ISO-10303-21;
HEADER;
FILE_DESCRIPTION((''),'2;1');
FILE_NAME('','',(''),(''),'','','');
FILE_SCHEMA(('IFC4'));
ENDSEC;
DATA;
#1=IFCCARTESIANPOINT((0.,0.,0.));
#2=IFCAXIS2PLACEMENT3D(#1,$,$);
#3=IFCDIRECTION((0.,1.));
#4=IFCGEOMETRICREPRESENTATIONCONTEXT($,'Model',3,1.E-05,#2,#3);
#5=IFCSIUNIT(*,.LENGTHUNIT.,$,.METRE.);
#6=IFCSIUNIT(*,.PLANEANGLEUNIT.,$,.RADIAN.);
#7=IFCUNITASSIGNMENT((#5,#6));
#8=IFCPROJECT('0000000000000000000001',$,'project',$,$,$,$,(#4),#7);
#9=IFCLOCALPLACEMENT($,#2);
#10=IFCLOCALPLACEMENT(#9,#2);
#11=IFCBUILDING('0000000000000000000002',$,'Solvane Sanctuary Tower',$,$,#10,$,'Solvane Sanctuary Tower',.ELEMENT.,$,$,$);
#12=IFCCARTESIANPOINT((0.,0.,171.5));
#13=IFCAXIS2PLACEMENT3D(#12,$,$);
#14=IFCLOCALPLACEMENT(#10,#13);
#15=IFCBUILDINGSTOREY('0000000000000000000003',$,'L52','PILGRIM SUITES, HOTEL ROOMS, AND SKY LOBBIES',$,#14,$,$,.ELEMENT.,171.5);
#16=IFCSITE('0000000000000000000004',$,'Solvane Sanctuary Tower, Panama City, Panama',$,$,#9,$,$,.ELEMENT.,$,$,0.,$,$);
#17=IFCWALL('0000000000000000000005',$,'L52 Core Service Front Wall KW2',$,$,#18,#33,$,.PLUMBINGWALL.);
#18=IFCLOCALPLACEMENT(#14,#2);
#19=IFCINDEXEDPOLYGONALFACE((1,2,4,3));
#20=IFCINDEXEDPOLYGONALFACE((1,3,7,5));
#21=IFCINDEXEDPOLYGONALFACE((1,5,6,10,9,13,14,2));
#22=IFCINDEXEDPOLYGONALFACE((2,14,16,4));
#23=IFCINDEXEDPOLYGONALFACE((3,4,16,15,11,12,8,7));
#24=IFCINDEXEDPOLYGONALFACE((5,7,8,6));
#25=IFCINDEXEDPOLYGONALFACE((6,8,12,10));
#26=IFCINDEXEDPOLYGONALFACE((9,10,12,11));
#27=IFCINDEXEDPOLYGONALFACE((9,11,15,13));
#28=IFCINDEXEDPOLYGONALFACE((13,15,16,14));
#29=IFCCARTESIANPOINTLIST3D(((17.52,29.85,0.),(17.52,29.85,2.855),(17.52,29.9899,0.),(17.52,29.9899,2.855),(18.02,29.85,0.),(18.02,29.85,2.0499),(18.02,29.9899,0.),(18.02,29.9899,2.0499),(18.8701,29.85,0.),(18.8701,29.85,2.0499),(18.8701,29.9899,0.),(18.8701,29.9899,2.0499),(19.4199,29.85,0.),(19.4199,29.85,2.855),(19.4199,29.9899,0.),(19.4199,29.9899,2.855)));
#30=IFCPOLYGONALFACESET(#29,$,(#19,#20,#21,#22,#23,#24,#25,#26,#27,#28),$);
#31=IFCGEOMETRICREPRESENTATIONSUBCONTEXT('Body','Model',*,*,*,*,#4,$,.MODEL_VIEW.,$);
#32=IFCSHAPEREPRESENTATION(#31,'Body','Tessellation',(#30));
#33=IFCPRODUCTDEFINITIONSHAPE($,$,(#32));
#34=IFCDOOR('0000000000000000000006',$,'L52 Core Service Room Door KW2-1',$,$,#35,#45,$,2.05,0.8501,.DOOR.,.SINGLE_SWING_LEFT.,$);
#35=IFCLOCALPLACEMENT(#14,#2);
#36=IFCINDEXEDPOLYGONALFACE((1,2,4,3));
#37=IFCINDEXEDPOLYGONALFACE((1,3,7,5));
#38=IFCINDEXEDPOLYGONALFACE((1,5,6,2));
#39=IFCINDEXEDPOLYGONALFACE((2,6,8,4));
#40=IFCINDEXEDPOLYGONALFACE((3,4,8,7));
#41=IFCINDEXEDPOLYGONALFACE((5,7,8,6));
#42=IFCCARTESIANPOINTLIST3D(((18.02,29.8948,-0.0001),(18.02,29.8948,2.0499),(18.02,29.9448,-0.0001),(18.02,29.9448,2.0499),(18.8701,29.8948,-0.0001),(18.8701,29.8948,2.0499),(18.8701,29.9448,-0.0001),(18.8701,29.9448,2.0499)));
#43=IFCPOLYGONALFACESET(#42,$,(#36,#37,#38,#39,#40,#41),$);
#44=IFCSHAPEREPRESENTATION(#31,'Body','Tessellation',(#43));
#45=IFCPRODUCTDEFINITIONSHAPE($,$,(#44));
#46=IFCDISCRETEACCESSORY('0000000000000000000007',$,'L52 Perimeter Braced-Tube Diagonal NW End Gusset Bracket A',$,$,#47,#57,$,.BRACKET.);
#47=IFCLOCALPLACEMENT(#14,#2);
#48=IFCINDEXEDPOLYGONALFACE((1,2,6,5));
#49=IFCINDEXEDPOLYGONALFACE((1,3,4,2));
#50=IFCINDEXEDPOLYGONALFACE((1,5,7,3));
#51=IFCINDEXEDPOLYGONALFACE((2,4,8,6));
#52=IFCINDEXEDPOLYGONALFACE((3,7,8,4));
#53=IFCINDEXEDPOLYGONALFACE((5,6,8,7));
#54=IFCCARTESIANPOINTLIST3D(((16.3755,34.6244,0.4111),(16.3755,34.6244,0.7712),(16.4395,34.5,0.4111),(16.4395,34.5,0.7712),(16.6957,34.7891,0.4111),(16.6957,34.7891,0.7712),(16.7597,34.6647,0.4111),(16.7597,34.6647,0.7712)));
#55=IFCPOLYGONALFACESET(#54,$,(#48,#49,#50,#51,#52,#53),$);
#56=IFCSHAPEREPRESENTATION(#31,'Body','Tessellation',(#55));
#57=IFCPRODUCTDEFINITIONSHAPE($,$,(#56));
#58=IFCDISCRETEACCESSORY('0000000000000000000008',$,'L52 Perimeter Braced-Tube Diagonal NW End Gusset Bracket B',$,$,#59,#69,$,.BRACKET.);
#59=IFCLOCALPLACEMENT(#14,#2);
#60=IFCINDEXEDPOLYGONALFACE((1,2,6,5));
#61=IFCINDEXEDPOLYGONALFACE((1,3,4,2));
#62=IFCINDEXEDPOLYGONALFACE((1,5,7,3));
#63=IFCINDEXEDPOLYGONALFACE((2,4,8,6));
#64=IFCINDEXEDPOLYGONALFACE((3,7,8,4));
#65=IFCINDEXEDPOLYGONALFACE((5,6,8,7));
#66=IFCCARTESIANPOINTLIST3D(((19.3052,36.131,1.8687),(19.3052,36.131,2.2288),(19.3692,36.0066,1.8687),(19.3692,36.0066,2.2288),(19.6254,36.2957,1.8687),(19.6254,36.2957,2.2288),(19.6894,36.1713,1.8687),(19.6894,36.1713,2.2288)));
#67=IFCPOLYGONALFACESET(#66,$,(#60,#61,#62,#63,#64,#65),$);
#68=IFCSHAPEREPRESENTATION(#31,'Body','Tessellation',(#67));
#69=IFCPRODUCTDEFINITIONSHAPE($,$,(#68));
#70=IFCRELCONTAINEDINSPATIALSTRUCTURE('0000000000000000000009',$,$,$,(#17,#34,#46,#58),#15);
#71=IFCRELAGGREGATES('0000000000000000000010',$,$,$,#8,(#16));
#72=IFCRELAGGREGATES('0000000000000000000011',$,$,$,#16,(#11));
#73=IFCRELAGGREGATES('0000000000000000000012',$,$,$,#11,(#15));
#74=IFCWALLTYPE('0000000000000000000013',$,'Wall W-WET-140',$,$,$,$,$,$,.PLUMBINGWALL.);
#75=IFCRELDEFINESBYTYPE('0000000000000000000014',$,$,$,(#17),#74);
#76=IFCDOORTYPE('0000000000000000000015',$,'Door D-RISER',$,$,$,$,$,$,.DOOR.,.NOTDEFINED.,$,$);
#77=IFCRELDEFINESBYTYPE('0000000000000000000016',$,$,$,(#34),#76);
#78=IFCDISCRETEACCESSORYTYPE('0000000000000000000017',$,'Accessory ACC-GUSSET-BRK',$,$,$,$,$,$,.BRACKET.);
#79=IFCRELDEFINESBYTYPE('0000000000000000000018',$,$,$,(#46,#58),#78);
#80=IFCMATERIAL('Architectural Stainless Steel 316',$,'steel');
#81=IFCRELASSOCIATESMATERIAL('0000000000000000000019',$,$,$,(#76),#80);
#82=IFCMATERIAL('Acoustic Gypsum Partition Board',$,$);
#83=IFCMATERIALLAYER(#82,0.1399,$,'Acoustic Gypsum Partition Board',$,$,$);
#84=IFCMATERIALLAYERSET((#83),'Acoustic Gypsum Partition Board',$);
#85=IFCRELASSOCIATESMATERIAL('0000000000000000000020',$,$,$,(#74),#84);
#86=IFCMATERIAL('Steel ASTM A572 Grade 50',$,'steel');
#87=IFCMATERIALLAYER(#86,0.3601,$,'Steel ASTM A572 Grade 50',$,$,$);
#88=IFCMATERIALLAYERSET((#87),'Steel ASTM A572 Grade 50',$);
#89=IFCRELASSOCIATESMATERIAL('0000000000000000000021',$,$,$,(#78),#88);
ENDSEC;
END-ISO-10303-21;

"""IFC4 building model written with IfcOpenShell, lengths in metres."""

from ifc_helpers import new_model, si_unit, direction, frame, frame_2d, origin, origin_2d, place, context, subcontext, project, spatial, rectangle, extrude, material, layer, layer_set, type_object, element, fill, save


model = new_model("IFC4")

# Units and contexts
model_context = context("Model", 3, precision=1e-05, world=origin(), true_north=direction((0.0, 1.0)))
body_context = subcontext(model_context, "Body", "Model", "MODEL_VIEW")
ifc_project = project(units=[si_unit("LENGTHUNIT", "METRE"), si_unit("PLANEANGLEUNIT", "RADIAN")], contexts=[model_context])

# Site, building, storey
site_placement = place(None, origin())
site = spatial("IfcSite", under=ifc_project, at=site_placement, Name="Solvane Sanctuary Tower, Panama City, Panama", CompositionType="ELEMENT", RefElevation=0.0)
building_placement = place(site_placement, origin())
building = spatial("IfcBuilding", under=site, at=building_placement, Name="Solvane Sanctuary Tower", LongName="Solvane Sanctuary Tower", CompositionType="ELEMENT")
storey_placement = place(building_placement, frame((0.0, 0.0, 171.5)))
storey = spatial("IfcBuildingStorey", under=building, at=storey_placement, Name="L52", Description="PILGRIM SUITES, HOTEL ROOMS, AND SKY LOBBIES", CompositionType="ELEMENT", Elevation=171.5)

# Shared definitions
ifc_material_1 = material(Name="Acoustic Gypsum Partition Board")

# Shared definitions
ifc_material_2 = material(Name="Architectural Stainless Steel 316", Category="steel")
door_type_1 = type_object("IfcDoorType", Name="Door D-RISER", OperationType="NOTDEFINED", PredefinedType="DOOR", material=ifc_material_2)

# Wall, opening, door
ifc_layer_1 = layer(ifc_material_1, 0.1399, Name="Acoustic Gypsum Partition Board")
ifc_layer_set_1 = layer_set([ifc_layer_1], Name="Acoustic Gypsum Partition Board")
wall_type_1 = type_object("IfcWallType", Name="Wall W-WET-140", PredefinedType="PLUMBINGWALL", material=ifc_layer_set_1)
wall_1_placement = place(storey_placement, frame((17.52, 29.9199, 0.0), z_axis=(0.0, 0.0, 1.0), x_axis=(1.0, 0.0, 0.0)))
wall_1 = element("IfcWall", 1, at=wall_1_placement, inside=storey, type_object=wall_type_1, Name="L52 Core Service Front Wall KW2", PredefinedType="PLUMBINGWALL", context=body_context, shape_type="SweptSolid", body=[
    extrude(rectangle(XDim=1.8999, YDim=0.1399, at=frame_2d((0.95, 0.0))), origin(), (0.0, 0.0, 1.0), 2.855),
])
opening_1_placement = place(wall_1_placement, frame((0.5, 0.0, 0.0)))
opening_1 = element("IfcOpeningElement", 2, at=opening_1_placement, cuts=wall_1, PredefinedType="OPENING", context=body_context, shape_type="SweptSolid", body=[
    extrude(rectangle(XDim=0.8501, YDim=2.05, at=frame_2d((0.425, 1.0249))), frame((0.0, 0.0798, 0.0), z_axis=(0.0, -1.0, 0.0), x_axis=(1.0, 0.0, 0.0)), (0.0, 0.0, 1.0), 0.1599),
])
door_1_placement = place(opening_1_placement, origin())
door_1 = element("IfcDoor", 3, at=door_1_placement, inside=storey, type_object=door_type_1, Name="L52 Core Service Room Door KW2-1", OperationType="SINGLE_SWING_LEFT", OverallHeight=2.05, OverallWidth=0.8501, PredefinedType="DOOR", context=body_context, shape_type="SweptSolid", body=[
    extrude(rectangle(XDim=0.8501, YDim=2.05, at=frame_2d((0.425, 1.0249))), frame((0.0, 0.0249, 0.0), z_axis=(0.0, -1.0, 0.0), x_axis=(1.0, 0.0, 0.0)), (0.0, 0.0, 1.0), 0.05),
])
fill(opening_1, door_1)

# Discrete accessories
ifc_material_3 = material(Name="Steel ASTM A572 Grade 50", Category="steel")
ifc_layer_2 = layer(ifc_material_3, 0.3601, Name="Steel ASTM A572 Grade 50")
ifc_layer_set_2 = layer_set([ifc_layer_2], Name="Steel ASTM A572 Grade 50")
discrete_accessory_type = type_object("IfcDiscreteAccessoryType", Name="Accessory ACC-GUSSET-BRK", PredefinedType="BRACKET", material=ifc_layer_set_2)
for number, where, z_axis, x_axis, name in (
    (4, (16.5676, 34.6445, 0.4111), (0.0, 0.0, 1.0), (0.889257, 0.457408, 0.0), "L52 Perimeter Braced-Tube Diagonal NW End Gusset Bracket A"),
    (5, (19.4973, 36.1511, 1.8687), (0.0, 0.0, 1.0), (0.889257, 0.457408, 0.0), "L52 Perimeter Braced-Tube Diagonal NW End Gusset Bracket B"),
):
    element("IfcDiscreteAccessory", number, at=place(storey_placement, frame(where, z_axis=z_axis, x_axis=x_axis)), inside=storey, type_object=discrete_accessory_type, Name=name, PredefinedType="BRACKET", context=body_context, shape_type="SweptSolid", body=[
        extrude(rectangle(XDim=0.3601, YDim=0.1399, at=origin_2d()), origin(), (0.0, 0.0, 1.0), 0.3601),
    ])

save(model, "model.ifc")
